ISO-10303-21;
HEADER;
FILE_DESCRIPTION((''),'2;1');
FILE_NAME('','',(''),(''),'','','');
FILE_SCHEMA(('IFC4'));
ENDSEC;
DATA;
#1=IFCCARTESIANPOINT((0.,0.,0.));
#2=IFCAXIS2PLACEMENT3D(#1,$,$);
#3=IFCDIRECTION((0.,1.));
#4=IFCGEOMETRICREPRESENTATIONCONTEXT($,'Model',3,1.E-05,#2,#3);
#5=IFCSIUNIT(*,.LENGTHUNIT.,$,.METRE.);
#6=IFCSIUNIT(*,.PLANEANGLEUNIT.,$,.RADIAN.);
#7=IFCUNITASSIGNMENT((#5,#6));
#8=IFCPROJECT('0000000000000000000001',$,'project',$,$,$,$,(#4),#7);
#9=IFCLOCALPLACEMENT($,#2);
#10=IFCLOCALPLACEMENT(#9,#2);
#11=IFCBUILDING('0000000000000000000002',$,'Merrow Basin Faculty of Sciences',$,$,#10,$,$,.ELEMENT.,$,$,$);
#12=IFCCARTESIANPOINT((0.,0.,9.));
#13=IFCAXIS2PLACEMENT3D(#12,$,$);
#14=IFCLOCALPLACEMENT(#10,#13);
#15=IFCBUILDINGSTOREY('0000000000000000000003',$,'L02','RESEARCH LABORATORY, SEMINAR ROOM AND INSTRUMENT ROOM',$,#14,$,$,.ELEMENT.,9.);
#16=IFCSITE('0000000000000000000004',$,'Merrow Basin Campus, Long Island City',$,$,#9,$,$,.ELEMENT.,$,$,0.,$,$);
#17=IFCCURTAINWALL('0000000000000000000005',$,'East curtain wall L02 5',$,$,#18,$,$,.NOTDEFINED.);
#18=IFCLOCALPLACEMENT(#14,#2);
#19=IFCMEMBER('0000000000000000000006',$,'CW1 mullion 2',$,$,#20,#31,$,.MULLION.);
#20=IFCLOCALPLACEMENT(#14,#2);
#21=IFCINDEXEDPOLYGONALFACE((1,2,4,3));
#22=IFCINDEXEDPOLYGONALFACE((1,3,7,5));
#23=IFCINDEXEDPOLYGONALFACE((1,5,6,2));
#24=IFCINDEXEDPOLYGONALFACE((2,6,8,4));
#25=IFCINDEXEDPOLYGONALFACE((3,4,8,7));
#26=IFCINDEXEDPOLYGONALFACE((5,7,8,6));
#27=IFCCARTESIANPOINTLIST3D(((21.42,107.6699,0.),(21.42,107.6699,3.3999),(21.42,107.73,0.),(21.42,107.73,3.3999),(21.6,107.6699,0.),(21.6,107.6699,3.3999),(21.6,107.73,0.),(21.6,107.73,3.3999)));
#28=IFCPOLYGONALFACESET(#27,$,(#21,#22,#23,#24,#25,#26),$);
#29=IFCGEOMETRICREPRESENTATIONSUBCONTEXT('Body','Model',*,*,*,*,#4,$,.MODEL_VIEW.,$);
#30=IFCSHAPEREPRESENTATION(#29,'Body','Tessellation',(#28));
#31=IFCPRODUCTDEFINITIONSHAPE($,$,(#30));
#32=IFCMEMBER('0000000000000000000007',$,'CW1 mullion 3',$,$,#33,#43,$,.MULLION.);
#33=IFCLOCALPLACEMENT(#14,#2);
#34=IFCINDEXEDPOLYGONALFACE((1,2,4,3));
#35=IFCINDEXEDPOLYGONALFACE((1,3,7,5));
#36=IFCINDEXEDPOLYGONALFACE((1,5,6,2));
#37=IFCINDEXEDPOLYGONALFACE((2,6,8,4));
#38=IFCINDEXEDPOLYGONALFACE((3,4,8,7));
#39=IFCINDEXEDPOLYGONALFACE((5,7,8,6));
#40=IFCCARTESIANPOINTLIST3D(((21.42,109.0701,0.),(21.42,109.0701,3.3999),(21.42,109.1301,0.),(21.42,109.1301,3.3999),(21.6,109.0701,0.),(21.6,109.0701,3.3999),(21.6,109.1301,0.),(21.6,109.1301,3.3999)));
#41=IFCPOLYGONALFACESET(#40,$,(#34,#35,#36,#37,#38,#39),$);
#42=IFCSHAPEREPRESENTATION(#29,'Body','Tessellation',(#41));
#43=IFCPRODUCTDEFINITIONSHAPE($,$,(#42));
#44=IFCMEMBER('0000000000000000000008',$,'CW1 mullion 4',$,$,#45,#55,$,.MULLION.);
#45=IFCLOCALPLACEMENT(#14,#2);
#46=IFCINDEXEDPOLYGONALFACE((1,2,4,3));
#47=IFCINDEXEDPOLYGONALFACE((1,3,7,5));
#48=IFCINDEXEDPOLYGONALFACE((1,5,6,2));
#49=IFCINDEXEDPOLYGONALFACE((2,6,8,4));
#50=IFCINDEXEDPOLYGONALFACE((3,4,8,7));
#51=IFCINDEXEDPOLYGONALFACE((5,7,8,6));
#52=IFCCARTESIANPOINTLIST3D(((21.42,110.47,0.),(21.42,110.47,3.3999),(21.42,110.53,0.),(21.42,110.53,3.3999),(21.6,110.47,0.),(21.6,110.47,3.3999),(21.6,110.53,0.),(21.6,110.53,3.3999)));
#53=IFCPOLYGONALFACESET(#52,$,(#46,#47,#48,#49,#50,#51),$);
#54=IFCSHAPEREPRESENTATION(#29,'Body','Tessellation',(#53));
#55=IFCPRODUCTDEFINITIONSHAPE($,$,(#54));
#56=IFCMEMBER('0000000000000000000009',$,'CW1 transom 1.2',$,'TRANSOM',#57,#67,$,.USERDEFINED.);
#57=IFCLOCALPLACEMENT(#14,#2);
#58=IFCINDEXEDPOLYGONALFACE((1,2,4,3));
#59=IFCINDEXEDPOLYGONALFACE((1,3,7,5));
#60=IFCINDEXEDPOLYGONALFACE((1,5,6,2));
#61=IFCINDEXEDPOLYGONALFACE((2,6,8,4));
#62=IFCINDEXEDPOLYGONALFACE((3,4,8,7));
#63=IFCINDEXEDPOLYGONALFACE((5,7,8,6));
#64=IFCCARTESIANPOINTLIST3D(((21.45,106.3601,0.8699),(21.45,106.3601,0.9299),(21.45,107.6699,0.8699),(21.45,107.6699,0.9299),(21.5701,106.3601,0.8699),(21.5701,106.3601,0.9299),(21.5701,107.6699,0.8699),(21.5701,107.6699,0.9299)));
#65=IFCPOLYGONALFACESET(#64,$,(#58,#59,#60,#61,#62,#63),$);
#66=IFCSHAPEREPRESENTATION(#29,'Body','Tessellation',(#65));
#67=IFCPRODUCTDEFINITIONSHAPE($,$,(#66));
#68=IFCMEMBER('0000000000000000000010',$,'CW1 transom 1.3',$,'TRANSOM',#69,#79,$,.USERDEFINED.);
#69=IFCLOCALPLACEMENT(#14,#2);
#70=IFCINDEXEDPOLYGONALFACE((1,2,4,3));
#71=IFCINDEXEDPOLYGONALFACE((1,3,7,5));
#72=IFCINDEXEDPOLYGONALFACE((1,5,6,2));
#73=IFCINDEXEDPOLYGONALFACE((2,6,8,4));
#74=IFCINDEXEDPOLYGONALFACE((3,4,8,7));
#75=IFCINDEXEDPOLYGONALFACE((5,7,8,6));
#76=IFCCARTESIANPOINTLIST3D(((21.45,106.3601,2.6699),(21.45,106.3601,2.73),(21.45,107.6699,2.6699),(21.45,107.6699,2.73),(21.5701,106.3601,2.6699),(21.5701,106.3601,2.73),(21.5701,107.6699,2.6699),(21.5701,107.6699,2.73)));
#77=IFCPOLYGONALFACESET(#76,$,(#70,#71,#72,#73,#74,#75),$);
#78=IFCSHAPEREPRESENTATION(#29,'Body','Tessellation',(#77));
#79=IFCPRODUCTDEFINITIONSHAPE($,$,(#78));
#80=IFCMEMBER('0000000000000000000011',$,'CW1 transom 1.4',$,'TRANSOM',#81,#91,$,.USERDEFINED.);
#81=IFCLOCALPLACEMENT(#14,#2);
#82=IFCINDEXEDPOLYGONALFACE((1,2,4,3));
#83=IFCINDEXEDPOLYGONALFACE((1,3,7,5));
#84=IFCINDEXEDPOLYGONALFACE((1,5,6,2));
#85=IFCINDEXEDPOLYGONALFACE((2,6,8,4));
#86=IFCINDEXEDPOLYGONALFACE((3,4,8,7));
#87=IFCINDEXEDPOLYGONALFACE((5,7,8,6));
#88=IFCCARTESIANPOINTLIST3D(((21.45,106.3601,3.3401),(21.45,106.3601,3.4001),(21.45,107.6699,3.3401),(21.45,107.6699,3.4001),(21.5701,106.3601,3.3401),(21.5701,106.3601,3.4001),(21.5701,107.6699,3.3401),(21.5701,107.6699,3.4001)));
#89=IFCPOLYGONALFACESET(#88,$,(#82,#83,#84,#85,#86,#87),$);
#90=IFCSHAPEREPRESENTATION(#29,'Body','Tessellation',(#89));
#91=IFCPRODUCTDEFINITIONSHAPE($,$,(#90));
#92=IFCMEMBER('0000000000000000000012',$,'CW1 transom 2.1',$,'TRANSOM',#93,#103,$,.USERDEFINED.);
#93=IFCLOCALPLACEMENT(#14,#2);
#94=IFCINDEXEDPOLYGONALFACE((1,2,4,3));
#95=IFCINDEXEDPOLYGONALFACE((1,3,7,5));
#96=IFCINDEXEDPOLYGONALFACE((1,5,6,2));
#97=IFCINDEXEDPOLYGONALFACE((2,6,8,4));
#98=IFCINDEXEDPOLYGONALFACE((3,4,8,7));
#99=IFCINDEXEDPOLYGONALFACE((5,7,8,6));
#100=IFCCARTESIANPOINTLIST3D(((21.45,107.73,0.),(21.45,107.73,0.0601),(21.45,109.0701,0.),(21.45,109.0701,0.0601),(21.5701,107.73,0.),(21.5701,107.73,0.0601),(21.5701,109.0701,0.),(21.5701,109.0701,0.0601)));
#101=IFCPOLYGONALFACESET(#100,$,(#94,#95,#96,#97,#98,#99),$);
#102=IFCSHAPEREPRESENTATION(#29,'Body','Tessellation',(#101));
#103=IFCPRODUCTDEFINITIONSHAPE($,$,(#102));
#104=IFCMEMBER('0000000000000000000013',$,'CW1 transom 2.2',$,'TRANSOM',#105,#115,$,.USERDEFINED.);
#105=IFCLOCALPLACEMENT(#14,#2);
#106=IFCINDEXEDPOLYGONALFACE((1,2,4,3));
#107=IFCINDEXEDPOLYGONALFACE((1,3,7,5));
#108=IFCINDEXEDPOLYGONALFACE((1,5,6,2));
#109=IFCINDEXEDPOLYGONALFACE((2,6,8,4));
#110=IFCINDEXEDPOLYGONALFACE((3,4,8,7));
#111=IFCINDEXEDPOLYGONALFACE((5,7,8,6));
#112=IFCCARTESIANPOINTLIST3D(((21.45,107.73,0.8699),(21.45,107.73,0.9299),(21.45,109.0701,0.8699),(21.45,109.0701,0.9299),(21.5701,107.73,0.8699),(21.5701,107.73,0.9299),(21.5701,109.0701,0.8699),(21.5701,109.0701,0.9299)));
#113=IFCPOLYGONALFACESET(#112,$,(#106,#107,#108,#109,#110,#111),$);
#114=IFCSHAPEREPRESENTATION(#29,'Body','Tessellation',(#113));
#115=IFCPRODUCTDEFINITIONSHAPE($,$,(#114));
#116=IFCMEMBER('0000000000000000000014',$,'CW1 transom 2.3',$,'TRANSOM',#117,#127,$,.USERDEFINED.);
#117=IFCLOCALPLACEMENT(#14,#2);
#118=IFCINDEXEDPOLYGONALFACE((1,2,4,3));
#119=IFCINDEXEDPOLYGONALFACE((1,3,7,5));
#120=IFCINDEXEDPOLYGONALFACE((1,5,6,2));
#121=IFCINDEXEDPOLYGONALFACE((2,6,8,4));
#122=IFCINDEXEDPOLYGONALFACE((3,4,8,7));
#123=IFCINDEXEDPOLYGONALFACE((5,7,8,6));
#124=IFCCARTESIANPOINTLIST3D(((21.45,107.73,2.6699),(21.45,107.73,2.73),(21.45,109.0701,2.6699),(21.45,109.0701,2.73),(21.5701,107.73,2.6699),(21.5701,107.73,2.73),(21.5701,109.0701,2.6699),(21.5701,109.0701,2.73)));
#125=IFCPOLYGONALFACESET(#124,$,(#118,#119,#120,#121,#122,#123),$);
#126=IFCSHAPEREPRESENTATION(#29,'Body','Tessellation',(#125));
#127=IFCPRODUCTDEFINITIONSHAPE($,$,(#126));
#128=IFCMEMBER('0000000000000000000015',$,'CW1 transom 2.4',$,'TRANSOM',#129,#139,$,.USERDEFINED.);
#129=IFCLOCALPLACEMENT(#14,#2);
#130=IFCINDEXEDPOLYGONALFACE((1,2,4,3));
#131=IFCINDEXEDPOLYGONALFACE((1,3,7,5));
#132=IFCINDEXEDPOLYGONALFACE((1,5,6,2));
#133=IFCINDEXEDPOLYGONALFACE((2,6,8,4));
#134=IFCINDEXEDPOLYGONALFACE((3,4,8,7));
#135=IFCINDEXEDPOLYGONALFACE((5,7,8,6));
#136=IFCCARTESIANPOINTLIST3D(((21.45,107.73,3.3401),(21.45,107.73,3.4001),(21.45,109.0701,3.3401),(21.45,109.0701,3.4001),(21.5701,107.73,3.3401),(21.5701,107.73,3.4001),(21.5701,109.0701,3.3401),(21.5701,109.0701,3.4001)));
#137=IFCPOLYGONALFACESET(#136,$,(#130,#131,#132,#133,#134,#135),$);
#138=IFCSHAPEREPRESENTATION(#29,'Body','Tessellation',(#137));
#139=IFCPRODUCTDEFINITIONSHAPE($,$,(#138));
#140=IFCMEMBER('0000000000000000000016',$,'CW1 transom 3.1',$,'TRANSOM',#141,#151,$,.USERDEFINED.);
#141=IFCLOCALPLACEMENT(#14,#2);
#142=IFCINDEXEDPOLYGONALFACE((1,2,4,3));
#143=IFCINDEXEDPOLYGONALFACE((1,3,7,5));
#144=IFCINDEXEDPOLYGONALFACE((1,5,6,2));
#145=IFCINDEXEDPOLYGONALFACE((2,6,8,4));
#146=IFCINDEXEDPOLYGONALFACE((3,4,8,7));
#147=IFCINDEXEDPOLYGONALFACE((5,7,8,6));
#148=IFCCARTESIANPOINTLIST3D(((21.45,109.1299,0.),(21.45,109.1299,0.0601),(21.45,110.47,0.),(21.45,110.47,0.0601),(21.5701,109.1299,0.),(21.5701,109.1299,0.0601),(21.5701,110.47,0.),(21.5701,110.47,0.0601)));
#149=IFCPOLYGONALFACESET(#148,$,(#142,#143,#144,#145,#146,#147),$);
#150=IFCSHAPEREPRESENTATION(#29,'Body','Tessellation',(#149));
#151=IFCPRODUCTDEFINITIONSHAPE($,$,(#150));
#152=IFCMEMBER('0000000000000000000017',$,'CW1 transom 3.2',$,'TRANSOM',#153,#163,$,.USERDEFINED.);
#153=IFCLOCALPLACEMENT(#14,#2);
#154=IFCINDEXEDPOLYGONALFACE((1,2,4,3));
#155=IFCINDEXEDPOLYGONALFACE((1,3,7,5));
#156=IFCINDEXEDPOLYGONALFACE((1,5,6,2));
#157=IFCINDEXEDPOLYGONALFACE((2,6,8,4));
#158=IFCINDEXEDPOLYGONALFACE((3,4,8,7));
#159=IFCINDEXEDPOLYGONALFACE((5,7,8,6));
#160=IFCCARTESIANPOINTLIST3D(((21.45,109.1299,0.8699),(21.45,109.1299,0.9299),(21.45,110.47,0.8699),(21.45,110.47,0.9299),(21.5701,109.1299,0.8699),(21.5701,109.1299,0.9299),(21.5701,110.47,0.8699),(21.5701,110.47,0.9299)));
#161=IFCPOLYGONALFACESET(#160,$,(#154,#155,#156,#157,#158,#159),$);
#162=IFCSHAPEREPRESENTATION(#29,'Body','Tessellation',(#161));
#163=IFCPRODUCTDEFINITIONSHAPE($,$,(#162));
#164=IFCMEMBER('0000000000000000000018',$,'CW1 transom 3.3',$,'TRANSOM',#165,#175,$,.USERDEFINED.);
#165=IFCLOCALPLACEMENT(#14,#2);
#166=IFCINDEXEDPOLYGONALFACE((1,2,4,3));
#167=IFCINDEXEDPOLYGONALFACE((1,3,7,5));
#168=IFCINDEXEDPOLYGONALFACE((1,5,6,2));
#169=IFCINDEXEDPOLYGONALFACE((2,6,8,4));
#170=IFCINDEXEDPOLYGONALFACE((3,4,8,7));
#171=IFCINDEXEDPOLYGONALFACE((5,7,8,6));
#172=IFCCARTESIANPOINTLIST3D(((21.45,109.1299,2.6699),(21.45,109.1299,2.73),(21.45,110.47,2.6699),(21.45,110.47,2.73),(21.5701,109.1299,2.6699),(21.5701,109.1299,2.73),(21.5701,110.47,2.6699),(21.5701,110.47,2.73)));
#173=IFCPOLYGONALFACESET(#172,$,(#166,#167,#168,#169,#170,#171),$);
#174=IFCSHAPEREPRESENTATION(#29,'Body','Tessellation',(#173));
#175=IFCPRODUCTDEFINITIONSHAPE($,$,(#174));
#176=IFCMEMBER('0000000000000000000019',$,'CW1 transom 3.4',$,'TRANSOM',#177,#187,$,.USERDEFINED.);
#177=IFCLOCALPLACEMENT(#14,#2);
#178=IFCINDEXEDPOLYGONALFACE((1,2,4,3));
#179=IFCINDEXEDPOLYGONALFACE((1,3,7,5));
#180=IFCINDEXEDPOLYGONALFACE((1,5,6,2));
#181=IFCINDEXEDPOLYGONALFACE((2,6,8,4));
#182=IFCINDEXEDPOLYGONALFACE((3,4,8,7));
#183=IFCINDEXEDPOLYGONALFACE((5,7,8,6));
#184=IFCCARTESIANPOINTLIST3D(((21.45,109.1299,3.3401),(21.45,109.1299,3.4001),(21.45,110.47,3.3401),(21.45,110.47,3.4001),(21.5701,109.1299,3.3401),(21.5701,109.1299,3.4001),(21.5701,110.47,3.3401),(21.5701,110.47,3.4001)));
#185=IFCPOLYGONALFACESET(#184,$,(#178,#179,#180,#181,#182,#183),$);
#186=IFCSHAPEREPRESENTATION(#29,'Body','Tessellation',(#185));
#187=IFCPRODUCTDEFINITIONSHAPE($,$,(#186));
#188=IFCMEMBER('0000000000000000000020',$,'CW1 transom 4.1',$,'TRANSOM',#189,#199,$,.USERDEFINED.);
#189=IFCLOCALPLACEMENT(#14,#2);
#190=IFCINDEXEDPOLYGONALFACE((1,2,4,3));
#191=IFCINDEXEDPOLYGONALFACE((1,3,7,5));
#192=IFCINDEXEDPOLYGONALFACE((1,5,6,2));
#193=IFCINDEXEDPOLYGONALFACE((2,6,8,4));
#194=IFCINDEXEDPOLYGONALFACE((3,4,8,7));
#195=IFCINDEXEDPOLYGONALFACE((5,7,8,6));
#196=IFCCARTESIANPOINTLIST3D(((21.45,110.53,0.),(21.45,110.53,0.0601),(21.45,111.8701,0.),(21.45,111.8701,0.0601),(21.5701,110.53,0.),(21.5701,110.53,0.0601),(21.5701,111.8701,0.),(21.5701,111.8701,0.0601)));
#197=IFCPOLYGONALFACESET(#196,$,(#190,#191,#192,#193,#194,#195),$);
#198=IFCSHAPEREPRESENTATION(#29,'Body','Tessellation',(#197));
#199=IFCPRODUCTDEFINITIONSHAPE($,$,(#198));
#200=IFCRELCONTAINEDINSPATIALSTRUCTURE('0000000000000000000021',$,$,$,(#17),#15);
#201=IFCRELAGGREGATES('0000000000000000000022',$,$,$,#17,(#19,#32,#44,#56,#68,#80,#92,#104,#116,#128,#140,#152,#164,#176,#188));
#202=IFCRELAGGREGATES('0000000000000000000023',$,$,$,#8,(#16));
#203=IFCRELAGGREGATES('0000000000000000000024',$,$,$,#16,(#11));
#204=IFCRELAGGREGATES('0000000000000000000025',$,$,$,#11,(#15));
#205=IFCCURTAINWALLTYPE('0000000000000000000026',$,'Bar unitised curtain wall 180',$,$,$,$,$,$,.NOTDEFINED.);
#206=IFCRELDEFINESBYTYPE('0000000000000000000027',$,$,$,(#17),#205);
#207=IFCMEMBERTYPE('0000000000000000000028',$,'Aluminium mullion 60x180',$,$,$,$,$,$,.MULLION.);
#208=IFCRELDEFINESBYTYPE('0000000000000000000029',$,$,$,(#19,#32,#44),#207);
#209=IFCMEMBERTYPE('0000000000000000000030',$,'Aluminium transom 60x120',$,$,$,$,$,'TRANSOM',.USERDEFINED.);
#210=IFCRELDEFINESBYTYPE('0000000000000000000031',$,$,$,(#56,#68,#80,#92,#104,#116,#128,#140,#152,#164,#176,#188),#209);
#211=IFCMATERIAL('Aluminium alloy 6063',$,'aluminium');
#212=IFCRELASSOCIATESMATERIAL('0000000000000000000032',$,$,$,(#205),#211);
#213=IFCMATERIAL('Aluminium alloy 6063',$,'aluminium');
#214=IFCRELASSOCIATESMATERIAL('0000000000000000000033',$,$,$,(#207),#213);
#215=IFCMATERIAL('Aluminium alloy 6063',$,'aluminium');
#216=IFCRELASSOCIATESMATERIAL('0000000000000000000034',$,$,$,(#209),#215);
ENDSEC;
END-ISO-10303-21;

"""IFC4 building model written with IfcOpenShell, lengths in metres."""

from ifc_helpers import new_model, si_unit, direction, frame, origin, origin_2d, place, context, subcontext, project, spatial, rectangle, extrude, material, material_profile, profile_set, type_object, element, aggregate, save


model = new_model("IFC4")

# Units and contexts
model_context = context("Model", 3, precision=1e-05, world=origin(), true_north=direction((0.0, 1.0)))
body_context = subcontext(model_context, "Body", "Model", "MODEL_VIEW")
ifc_project = project(units=[si_unit("LENGTHUNIT", "METRE"), si_unit("PLANEANGLEUNIT", "RADIAN")], contexts=[model_context])

# Site, building, storey
site_placement = place(None, origin())
site = spatial("IfcSite", under=ifc_project, at=site_placement, Name="Merrow Basin Campus, Long Island City", CompositionType="ELEMENT", RefElevation=0.0)
building_placement = place(site_placement, origin())
building = spatial("IfcBuilding", under=site, at=building_placement, Name="Merrow Basin Faculty of Sciences", CompositionType="ELEMENT")
storey_placement = place(building_placement, frame((0.0, 0.0, 9.0)))
storey = spatial("IfcBuildingStorey", under=building, at=storey_placement, Name="L02", Description="RESEARCH LABORATORY, SEMINAR ROOM AND INSTRUMENT ROOM", CompositionType="ELEMENT", Elevation=9.0)

# Curtain wall, members
ifc_material_1 = material(Name="Aluminium alloy 6063", Category="aluminium")
curtain_wall_type = type_object("IfcCurtainWallType", Name="Bar unitised curtain wall 180", PredefinedType="NOTDEFINED", material=ifc_material_1)
curtain_wall_placement = place(storey_placement, origin())
curtain_wall = element("IfcCurtainWall", 1, at=curtain_wall_placement, inside=storey, type_object=curtain_wall_type, Name="East curtain wall L02 5", PredefinedType="NOTDEFINED")
ifc_material_2 = material(Name="Aluminium alloy 6063", Category="aluminium")
ifc_material_profile_1 = material_profile(ifc_material_2, rectangle(XDim=0.1799, YDim=0.0601, at=origin_2d()))
ifc_profile_set_1 = profile_set([ifc_material_profile_1], Name="Aluminium alloy 6063")
member_type_1 = type_object("IfcMemberType", Name="Aluminium mullion 60x180", PredefinedType="MULLION", material=ifc_profile_set_1)
member_1_placement = place(storey_placement, frame((21.51, 107.7, 0.0), z_axis=(0.0, 0.0, 1.0), x_axis=(-1.0, 0.0, 0.0)))
member_1 = element("IfcMember", 2, at=member_1_placement, type_object=member_type_1, Name="CW1 mullion 2", PredefinedType="MULLION", context=body_context, shape_type="SweptSolid", body=[
    extrude(rectangle(XDim=0.1799, YDim=0.0601, at=origin_2d()), origin(), (0.0, 0.0, 1.0), 3.3999),
])
member_2_placement = place(storey_placement, frame((21.51, 109.1001, 0.0), z_axis=(0.0, 0.0, 1.0), x_axis=(-1.0, 0.0, 0.0)))
member_2 = element("IfcMember", 3, at=member_2_placement, type_object=member_type_1, Name="CW1 mullion 3", PredefinedType="MULLION", context=body_context, shape_type="SweptSolid", body=[
    extrude(rectangle(XDim=0.1799, YDim=0.0601, at=origin_2d()), origin(), (0.0, 0.0, 1.0), 3.3999),
])
member_3_placement = place(storey_placement, frame((21.51, 110.5, 0.0), z_axis=(0.0, 0.0, 1.0), x_axis=(-1.0, 0.0, 0.0)))
member_3 = element("IfcMember", 4, at=member_3_placement, type_object=member_type_1, Name="CW1 mullion 4", PredefinedType="MULLION", context=body_context, shape_type="SweptSolid", body=[
    extrude(rectangle(XDim=0.1799, YDim=0.0601, at=origin_2d()), origin(), (0.0, 0.0, 1.0), 3.3999),
])
ifc_material_3 = material(Name="Aluminium alloy 6063", Category="aluminium")
ifc_material_profile_2 = material_profile(ifc_material_3, rectangle(XDim=0.1201, YDim=0.0601, at=origin_2d()))
ifc_profile_set_2 = profile_set([ifc_material_profile_2], Name="Aluminium alloy 6063")
member_type_2 = type_object("IfcMemberType", Name="Aluminium transom 60x120", ElementType="TRANSOM", PredefinedType="USERDEFINED", material=ifc_profile_set_2)
member_4_placement = place(storey_placement, frame((21.51, 106.3601, 0.8999), z_axis=(0.0, 1.0, 0.0), x_axis=(-1.0, 0.0, 0.0)))
member_4 = element("IfcMember", 5, at=member_4_placement, type_object=member_type_2, Name="CW1 transom 1.2", ObjectType="TRANSOM", PredefinedType="USERDEFINED", context=body_context, shape_type="SweptSolid", body=[
    extrude(rectangle(XDim=0.1201, YDim=0.0601, at=origin_2d()), origin(), (0.0, 0.0, 1.0), 1.3098),
])
member_5_placement = place(storey_placement, frame((21.51, 106.3601, 2.7), z_axis=(0.0, 1.0, 0.0), x_axis=(-1.0, 0.0, 0.0)))
member_5 = element("IfcMember", 6, at=member_5_placement, type_object=member_type_2, Name="CW1 transom 1.3", ObjectType="TRANSOM", PredefinedType="USERDEFINED", context=body_context, shape_type="SweptSolid", body=[
    extrude(rectangle(XDim=0.1201, YDim=0.0601, at=origin_2d()), origin(), (0.0, 0.0, 1.0), 1.3098),
])
member_6_placement = place(storey_placement, frame((21.51, 106.3601, 3.3701), z_axis=(0.0, 1.0, 0.0), x_axis=(-1.0, 0.0, 0.0)))
member_6 = element("IfcMember", 7, at=member_6_placement, type_object=member_type_2, Name="CW1 transom 1.4", ObjectType="TRANSOM", PredefinedType="USERDEFINED", context=body_context, shape_type="SweptSolid", body=[
    extrude(rectangle(XDim=0.1201, YDim=0.0601, at=origin_2d()), origin(), (0.0, 0.0, 1.0), 1.3098),
])
member_7_placement = place(storey_placement, frame((21.51, 107.73, 0.03), z_axis=(0.0, 1.0, 0.0), x_axis=(-1.0, 0.0, 0.0)))
member_7 = element("IfcMember", 8, at=member_7_placement, type_object=member_type_2, Name="CW1 transom 2.1", ObjectType="TRANSOM", PredefinedType="USERDEFINED", context=body_context, shape_type="SweptSolid", body=[
    extrude(rectangle(XDim=0.1201, YDim=0.0601, at=origin_2d()), origin(), (0.0, 0.0, 1.0), 1.3401),
])
member_8_placement = place(storey_placement, frame((21.51, 107.73, 0.8999), z_axis=(0.0, 1.0, 0.0), x_axis=(-1.0, 0.0, 0.0)))
member_8 = element("IfcMember", 9, at=member_8_placement, type_object=member_type_2, Name="CW1 transom 2.2", ObjectType="TRANSOM", PredefinedType="USERDEFINED", context=body_context, shape_type="SweptSolid", body=[
    extrude(rectangle(XDim=0.1201, YDim=0.0601, at=origin_2d()), origin(), (0.0, 0.0, 1.0), 1.3401),
])
member_9_placement = place(storey_placement, frame((21.51, 107.73, 2.7), z_axis=(0.0, 1.0, 0.0), x_axis=(-1.0, 0.0, 0.0)))
member_9 = element("IfcMember", 10, at=member_9_placement, type_object=member_type_2, Name="CW1 transom 2.3", ObjectType="TRANSOM", PredefinedType="USERDEFINED", context=body_context, shape_type="SweptSolid", body=[
    extrude(rectangle(XDim=0.1201, YDim=0.0601, at=origin_2d()), origin(), (0.0, 0.0, 1.0), 1.3401),
])
member_10_placement = place(storey_placement, frame((21.51, 107.73, 3.3701), z_axis=(0.0, 1.0, 0.0), x_axis=(-1.0, 0.0, 0.0)))
member_10 = element("IfcMember", 11, at=member_10_placement, type_object=member_type_2, Name="CW1 transom 2.4", ObjectType="TRANSOM", PredefinedType="USERDEFINED", context=body_context, shape_type="SweptSolid", body=[
    extrude(rectangle(XDim=0.1201, YDim=0.0601, at=origin_2d()), origin(), (0.0, 0.0, 1.0), 1.3401),
])
member_11_placement = place(storey_placement, frame((21.51, 109.1299, 0.03), z_axis=(0.0, 1.0, 0.0), x_axis=(-1.0, 0.0, 0.0)))
member_11 = element("IfcMember", 12, at=member_11_placement, type_object=member_type_2, Name="CW1 transom 3.1", ObjectType="TRANSOM", PredefinedType="USERDEFINED", context=body_context, shape_type="SweptSolid", body=[
    extrude(rectangle(XDim=0.1201, YDim=0.0601, at=origin_2d()), origin(), (0.0, 0.0, 1.0), 1.3401),
])
member_12_placement = place(storey_placement, frame((21.51, 109.1299, 0.8999), z_axis=(0.0, 1.0, 0.0), x_axis=(-1.0, 0.0, 0.0)))
member_12 = element("IfcMember", 13, at=member_12_placement, type_object=member_type_2, Name="CW1 transom 3.2", ObjectType="TRANSOM", PredefinedType="USERDEFINED", context=body_context, shape_type="SweptSolid", body=[
    extrude(rectangle(XDim=0.1201, YDim=0.0601, at=origin_2d()), origin(), (0.0, 0.0, 1.0), 1.3401),
])
member_13_placement = place(storey_placement, frame((21.51, 109.1299, 2.7), z_axis=(0.0, 1.0, 0.0), x_axis=(-1.0, 0.0, 0.0)))
member_13 = element("IfcMember", 14, at=member_13_placement, type_object=member_type_2, Name="CW1 transom 3.3", ObjectType="TRANSOM", PredefinedType="USERDEFINED", context=body_context, shape_type="SweptSolid", body=[
    extrude(rectangle(XDim=0.1201, YDim=0.0601, at=origin_2d()), origin(), (0.0, 0.0, 1.0), 1.3401),
])
member_14_placement = place(storey_placement, frame((21.51, 109.1299, 3.3701), z_axis=(0.0, 1.0, 0.0), x_axis=(-1.0, 0.0, 0.0)))
member_14 = element("IfcMember", 15, at=member_14_placement, type_object=member_type_2, Name="CW1 transom 3.4", ObjectType="TRANSOM", PredefinedType="USERDEFINED", context=body_context, shape_type="SweptSolid", body=[
    extrude(rectangle(XDim=0.1201, YDim=0.0601, at=origin_2d()), origin(), (0.0, 0.0, 1.0), 1.3401),
])
member_15_placement = place(storey_placement, frame((21.51, 110.53, 0.03), z_axis=(0.0, 1.0, 0.0), x_axis=(-1.0, 0.0, 0.0)))
member_15 = element("IfcMember", 16, at=member_15_placement, type_object=member_type_2, Name="CW1 transom 4.1", ObjectType="TRANSOM", PredefinedType="USERDEFINED", context=body_context, shape_type="SweptSolid", body=[
    extrude(rectangle(XDim=0.1201, YDim=0.0601, at=origin_2d()), origin(), (0.0, 0.0, 1.0), 1.3401),
])
aggregate(curtain_wall, [member_1, member_2, member_3, member_4, member_5, member_6, member_7, member_8, member_9, member_10, member_11, member_12, member_13, member_14, member_15])

save(model, "model.ifc")
